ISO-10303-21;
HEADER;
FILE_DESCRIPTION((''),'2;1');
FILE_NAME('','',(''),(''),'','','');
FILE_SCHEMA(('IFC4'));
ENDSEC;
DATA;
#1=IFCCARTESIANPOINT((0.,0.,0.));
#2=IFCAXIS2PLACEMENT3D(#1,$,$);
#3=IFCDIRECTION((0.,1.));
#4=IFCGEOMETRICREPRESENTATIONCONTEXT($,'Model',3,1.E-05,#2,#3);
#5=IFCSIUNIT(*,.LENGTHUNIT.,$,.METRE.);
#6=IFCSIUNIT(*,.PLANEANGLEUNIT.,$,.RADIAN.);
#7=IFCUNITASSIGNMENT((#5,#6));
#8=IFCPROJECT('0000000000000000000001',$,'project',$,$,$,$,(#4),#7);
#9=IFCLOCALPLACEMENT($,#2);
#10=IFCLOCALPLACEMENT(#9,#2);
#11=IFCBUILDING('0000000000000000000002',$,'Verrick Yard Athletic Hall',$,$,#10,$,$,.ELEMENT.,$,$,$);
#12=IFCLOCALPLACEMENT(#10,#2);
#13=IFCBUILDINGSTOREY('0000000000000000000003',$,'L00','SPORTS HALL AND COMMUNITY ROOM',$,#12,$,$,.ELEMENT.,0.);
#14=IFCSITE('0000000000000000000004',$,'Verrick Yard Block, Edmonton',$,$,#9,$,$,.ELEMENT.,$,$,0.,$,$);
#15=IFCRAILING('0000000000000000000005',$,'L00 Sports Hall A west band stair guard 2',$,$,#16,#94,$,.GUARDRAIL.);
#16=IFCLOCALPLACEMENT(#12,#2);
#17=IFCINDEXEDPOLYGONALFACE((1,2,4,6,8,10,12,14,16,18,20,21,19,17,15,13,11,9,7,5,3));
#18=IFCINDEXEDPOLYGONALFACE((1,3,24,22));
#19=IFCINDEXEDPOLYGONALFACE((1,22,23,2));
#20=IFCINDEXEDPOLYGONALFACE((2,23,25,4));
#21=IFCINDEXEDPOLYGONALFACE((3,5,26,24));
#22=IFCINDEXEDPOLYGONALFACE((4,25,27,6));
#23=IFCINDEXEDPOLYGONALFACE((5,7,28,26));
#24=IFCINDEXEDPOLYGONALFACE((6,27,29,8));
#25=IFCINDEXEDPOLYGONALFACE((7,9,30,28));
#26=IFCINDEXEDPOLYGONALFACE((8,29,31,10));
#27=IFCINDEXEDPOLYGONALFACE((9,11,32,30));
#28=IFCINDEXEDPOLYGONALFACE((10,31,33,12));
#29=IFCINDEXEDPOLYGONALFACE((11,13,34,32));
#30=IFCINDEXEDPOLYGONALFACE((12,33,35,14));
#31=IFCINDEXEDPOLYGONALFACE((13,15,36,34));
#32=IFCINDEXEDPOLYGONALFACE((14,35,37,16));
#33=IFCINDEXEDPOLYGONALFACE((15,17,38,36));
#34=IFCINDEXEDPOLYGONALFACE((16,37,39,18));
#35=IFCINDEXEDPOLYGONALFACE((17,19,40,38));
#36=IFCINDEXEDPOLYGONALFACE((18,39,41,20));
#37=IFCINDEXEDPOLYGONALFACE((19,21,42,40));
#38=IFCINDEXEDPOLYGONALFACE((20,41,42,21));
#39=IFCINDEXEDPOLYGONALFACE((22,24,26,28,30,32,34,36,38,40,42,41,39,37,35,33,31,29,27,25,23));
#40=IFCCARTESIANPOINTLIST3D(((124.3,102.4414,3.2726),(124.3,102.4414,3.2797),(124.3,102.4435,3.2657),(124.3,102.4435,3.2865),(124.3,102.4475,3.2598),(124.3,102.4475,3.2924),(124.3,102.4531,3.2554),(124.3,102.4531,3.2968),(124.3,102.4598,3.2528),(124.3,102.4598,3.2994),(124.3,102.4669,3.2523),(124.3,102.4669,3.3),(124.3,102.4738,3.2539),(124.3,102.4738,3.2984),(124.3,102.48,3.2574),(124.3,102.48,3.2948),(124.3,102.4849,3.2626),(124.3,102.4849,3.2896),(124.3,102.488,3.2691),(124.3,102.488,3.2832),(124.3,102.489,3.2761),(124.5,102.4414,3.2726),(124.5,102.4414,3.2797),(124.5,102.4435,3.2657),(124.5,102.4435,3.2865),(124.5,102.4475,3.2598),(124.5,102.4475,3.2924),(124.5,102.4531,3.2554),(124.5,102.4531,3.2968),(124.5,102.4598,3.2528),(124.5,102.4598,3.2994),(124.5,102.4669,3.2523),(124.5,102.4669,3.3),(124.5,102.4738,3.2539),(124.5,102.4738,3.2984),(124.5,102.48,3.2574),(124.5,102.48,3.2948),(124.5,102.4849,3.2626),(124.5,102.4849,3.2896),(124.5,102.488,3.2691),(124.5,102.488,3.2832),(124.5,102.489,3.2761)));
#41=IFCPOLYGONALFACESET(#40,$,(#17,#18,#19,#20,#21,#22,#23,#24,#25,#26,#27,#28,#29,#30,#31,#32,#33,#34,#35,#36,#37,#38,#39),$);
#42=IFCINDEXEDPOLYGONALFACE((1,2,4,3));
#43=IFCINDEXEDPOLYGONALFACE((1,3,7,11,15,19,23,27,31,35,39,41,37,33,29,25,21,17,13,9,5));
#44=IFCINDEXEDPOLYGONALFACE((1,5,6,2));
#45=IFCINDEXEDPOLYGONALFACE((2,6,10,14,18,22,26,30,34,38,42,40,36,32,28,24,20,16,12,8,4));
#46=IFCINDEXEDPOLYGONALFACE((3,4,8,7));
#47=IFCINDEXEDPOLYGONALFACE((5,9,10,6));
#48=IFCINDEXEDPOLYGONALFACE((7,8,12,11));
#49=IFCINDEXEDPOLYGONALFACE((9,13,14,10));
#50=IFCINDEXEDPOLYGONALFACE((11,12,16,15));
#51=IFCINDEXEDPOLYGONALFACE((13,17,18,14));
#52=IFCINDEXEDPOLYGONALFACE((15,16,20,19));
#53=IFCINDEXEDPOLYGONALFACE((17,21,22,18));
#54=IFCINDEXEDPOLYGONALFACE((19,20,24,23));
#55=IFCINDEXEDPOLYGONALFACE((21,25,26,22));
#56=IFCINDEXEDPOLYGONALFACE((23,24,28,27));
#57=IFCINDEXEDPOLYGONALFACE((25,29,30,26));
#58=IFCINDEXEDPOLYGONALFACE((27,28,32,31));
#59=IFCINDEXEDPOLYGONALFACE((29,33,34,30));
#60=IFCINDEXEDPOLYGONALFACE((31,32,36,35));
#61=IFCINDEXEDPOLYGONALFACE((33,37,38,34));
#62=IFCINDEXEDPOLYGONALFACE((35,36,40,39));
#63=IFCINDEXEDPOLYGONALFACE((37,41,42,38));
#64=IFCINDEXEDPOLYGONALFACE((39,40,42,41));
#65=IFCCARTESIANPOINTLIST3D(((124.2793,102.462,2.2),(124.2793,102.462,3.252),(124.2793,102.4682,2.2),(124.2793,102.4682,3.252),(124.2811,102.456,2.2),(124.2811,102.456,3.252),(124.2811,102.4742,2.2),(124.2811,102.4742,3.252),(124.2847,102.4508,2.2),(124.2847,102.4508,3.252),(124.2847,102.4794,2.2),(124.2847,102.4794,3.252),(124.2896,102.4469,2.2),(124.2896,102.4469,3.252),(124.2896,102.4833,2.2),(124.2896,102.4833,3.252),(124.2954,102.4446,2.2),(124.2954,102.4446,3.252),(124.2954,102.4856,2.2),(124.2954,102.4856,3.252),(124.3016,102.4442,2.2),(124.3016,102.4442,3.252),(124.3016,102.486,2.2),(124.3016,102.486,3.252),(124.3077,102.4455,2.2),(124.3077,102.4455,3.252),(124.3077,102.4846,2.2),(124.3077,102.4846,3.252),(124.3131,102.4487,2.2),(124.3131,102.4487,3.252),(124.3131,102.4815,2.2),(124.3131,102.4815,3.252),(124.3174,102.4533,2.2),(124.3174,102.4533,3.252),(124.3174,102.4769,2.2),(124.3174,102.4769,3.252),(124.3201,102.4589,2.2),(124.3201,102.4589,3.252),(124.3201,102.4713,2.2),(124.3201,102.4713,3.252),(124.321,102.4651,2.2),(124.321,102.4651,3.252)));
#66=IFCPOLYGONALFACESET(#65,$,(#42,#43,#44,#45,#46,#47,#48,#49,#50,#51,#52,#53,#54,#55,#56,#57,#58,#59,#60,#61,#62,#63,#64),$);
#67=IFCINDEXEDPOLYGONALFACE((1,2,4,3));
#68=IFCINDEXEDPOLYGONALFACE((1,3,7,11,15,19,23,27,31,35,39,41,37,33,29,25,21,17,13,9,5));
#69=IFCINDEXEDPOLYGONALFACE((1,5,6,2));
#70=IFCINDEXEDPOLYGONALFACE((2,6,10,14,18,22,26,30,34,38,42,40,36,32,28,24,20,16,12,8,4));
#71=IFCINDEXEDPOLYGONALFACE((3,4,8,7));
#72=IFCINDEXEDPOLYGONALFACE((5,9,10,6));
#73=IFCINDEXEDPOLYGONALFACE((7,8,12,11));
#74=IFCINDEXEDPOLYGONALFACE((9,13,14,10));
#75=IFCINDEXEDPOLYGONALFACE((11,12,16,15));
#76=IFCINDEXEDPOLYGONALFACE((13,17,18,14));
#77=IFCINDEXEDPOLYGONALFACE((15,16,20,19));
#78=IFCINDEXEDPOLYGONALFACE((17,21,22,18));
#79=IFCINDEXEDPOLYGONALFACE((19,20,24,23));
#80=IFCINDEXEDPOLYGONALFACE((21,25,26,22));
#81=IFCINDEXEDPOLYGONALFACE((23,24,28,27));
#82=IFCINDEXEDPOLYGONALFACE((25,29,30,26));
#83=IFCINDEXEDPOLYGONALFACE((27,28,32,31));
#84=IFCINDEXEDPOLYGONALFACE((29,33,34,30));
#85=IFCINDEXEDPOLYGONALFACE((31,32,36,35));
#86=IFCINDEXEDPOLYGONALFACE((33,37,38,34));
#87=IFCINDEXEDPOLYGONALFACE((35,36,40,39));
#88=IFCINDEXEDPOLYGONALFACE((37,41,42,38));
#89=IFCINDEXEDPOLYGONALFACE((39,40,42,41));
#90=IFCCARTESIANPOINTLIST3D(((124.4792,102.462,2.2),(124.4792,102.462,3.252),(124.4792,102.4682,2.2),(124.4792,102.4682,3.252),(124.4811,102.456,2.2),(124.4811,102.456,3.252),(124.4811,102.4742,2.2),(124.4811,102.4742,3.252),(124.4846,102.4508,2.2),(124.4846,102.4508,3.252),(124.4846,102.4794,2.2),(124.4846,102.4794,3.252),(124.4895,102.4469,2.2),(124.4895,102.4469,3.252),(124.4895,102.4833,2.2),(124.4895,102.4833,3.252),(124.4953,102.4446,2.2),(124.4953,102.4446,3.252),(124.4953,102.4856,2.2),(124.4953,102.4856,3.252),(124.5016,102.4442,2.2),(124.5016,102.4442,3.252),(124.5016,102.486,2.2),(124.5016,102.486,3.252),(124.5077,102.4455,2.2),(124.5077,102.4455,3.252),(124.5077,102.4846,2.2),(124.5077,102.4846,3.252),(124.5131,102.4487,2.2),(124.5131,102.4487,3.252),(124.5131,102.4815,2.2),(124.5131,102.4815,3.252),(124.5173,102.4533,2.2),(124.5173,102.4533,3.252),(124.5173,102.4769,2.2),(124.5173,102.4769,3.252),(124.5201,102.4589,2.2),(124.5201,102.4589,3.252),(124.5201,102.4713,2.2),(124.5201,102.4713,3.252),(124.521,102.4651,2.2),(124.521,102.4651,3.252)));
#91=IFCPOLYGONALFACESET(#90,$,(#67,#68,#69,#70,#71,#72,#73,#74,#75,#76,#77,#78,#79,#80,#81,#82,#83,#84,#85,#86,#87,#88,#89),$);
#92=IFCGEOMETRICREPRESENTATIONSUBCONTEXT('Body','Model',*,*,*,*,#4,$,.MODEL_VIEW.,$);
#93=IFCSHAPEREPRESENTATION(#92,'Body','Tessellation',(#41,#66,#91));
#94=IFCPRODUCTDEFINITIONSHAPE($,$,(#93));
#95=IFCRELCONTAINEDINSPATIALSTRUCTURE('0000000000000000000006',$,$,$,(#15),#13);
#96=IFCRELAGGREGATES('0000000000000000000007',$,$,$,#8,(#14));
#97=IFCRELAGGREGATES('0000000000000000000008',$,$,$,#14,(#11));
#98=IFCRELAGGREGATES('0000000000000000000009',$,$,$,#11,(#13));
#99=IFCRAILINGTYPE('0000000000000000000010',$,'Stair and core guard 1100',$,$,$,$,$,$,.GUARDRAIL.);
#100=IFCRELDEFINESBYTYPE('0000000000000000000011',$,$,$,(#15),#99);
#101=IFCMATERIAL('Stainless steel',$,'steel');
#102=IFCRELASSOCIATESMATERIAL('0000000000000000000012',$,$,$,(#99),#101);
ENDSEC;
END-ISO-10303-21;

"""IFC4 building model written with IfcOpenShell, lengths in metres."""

from ifc_helpers import new_model, si_unit, direction, frame, origin, origin_2d, place, context, subcontext, project, spatial, circle, extrude, material, type_object, element, save


model = new_model("IFC4")

# Units and contexts
model_context = context("Model", 3, precision=1e-05, world=origin(), true_north=direction((0.0, 1.0)))
body_context = subcontext(model_context, "Body", "Model", "MODEL_VIEW")
ifc_project = project(units=[si_unit("LENGTHUNIT", "METRE"), si_unit("PLANEANGLEUNIT", "RADIAN")], contexts=[model_context])

# Site, building, storey
site_placement = place(None, origin())
site = spatial("IfcSite", under=ifc_project, at=site_placement, Name="Verrick Yard Block, Edmonton", CompositionType="ELEMENT", RefElevation=0.0)
building_placement = place(site_placement, origin())
building = spatial("IfcBuilding", under=site, at=building_placement, Name="Verrick Yard Athletic Hall", CompositionType="ELEMENT")
storey_placement = place(building_placement, origin())
storey = spatial("IfcBuildingStorey", under=building, at=storey_placement, Name="L00", Description="SPORTS HALL AND COMMUNITY ROOM", CompositionType="ELEMENT", Elevation=0.0)

# Railing
ifc_material_1 = material(Name="Stainless steel", Category="steel")
railing_type_1 = type_object("IfcRailingType", Name="Stair and core guard 1100", PredefinedType="GUARDRAIL", material=ifc_material_1)
railing_1_placement = place(storey_placement, frame((124.3, 102.4651, 2.2)))
element("IfcRailing", 1, at=railing_1_placement, inside=storey, type_object=railing_type_1, Name="L00 Sports Hall A west band stair guard 2", PredefinedType="GUARDRAIL", context=body_context, shape_type="SweptSolid", body=[
    extrude(circle(Radius=0.0239, at=origin_2d()), frame((0.0, 0.0, 1.0762), z_axis=(1.0, 0.0, 0.0), x_axis=(0.0, 1.0, 0.0)), (0.0, 0.0, 1.0), 0.2),
    extrude(circle(Radius=0.021, at=origin_2d()), origin(), (0.0, 0.0, 1.0), 1.052),
    extrude(circle(Radius=0.021, at=origin_2d()), frame((0.2, 0.0, 0.0)), (0.0, 0.0, 1.0), 1.052),
])

save(model, "model.ifc")
